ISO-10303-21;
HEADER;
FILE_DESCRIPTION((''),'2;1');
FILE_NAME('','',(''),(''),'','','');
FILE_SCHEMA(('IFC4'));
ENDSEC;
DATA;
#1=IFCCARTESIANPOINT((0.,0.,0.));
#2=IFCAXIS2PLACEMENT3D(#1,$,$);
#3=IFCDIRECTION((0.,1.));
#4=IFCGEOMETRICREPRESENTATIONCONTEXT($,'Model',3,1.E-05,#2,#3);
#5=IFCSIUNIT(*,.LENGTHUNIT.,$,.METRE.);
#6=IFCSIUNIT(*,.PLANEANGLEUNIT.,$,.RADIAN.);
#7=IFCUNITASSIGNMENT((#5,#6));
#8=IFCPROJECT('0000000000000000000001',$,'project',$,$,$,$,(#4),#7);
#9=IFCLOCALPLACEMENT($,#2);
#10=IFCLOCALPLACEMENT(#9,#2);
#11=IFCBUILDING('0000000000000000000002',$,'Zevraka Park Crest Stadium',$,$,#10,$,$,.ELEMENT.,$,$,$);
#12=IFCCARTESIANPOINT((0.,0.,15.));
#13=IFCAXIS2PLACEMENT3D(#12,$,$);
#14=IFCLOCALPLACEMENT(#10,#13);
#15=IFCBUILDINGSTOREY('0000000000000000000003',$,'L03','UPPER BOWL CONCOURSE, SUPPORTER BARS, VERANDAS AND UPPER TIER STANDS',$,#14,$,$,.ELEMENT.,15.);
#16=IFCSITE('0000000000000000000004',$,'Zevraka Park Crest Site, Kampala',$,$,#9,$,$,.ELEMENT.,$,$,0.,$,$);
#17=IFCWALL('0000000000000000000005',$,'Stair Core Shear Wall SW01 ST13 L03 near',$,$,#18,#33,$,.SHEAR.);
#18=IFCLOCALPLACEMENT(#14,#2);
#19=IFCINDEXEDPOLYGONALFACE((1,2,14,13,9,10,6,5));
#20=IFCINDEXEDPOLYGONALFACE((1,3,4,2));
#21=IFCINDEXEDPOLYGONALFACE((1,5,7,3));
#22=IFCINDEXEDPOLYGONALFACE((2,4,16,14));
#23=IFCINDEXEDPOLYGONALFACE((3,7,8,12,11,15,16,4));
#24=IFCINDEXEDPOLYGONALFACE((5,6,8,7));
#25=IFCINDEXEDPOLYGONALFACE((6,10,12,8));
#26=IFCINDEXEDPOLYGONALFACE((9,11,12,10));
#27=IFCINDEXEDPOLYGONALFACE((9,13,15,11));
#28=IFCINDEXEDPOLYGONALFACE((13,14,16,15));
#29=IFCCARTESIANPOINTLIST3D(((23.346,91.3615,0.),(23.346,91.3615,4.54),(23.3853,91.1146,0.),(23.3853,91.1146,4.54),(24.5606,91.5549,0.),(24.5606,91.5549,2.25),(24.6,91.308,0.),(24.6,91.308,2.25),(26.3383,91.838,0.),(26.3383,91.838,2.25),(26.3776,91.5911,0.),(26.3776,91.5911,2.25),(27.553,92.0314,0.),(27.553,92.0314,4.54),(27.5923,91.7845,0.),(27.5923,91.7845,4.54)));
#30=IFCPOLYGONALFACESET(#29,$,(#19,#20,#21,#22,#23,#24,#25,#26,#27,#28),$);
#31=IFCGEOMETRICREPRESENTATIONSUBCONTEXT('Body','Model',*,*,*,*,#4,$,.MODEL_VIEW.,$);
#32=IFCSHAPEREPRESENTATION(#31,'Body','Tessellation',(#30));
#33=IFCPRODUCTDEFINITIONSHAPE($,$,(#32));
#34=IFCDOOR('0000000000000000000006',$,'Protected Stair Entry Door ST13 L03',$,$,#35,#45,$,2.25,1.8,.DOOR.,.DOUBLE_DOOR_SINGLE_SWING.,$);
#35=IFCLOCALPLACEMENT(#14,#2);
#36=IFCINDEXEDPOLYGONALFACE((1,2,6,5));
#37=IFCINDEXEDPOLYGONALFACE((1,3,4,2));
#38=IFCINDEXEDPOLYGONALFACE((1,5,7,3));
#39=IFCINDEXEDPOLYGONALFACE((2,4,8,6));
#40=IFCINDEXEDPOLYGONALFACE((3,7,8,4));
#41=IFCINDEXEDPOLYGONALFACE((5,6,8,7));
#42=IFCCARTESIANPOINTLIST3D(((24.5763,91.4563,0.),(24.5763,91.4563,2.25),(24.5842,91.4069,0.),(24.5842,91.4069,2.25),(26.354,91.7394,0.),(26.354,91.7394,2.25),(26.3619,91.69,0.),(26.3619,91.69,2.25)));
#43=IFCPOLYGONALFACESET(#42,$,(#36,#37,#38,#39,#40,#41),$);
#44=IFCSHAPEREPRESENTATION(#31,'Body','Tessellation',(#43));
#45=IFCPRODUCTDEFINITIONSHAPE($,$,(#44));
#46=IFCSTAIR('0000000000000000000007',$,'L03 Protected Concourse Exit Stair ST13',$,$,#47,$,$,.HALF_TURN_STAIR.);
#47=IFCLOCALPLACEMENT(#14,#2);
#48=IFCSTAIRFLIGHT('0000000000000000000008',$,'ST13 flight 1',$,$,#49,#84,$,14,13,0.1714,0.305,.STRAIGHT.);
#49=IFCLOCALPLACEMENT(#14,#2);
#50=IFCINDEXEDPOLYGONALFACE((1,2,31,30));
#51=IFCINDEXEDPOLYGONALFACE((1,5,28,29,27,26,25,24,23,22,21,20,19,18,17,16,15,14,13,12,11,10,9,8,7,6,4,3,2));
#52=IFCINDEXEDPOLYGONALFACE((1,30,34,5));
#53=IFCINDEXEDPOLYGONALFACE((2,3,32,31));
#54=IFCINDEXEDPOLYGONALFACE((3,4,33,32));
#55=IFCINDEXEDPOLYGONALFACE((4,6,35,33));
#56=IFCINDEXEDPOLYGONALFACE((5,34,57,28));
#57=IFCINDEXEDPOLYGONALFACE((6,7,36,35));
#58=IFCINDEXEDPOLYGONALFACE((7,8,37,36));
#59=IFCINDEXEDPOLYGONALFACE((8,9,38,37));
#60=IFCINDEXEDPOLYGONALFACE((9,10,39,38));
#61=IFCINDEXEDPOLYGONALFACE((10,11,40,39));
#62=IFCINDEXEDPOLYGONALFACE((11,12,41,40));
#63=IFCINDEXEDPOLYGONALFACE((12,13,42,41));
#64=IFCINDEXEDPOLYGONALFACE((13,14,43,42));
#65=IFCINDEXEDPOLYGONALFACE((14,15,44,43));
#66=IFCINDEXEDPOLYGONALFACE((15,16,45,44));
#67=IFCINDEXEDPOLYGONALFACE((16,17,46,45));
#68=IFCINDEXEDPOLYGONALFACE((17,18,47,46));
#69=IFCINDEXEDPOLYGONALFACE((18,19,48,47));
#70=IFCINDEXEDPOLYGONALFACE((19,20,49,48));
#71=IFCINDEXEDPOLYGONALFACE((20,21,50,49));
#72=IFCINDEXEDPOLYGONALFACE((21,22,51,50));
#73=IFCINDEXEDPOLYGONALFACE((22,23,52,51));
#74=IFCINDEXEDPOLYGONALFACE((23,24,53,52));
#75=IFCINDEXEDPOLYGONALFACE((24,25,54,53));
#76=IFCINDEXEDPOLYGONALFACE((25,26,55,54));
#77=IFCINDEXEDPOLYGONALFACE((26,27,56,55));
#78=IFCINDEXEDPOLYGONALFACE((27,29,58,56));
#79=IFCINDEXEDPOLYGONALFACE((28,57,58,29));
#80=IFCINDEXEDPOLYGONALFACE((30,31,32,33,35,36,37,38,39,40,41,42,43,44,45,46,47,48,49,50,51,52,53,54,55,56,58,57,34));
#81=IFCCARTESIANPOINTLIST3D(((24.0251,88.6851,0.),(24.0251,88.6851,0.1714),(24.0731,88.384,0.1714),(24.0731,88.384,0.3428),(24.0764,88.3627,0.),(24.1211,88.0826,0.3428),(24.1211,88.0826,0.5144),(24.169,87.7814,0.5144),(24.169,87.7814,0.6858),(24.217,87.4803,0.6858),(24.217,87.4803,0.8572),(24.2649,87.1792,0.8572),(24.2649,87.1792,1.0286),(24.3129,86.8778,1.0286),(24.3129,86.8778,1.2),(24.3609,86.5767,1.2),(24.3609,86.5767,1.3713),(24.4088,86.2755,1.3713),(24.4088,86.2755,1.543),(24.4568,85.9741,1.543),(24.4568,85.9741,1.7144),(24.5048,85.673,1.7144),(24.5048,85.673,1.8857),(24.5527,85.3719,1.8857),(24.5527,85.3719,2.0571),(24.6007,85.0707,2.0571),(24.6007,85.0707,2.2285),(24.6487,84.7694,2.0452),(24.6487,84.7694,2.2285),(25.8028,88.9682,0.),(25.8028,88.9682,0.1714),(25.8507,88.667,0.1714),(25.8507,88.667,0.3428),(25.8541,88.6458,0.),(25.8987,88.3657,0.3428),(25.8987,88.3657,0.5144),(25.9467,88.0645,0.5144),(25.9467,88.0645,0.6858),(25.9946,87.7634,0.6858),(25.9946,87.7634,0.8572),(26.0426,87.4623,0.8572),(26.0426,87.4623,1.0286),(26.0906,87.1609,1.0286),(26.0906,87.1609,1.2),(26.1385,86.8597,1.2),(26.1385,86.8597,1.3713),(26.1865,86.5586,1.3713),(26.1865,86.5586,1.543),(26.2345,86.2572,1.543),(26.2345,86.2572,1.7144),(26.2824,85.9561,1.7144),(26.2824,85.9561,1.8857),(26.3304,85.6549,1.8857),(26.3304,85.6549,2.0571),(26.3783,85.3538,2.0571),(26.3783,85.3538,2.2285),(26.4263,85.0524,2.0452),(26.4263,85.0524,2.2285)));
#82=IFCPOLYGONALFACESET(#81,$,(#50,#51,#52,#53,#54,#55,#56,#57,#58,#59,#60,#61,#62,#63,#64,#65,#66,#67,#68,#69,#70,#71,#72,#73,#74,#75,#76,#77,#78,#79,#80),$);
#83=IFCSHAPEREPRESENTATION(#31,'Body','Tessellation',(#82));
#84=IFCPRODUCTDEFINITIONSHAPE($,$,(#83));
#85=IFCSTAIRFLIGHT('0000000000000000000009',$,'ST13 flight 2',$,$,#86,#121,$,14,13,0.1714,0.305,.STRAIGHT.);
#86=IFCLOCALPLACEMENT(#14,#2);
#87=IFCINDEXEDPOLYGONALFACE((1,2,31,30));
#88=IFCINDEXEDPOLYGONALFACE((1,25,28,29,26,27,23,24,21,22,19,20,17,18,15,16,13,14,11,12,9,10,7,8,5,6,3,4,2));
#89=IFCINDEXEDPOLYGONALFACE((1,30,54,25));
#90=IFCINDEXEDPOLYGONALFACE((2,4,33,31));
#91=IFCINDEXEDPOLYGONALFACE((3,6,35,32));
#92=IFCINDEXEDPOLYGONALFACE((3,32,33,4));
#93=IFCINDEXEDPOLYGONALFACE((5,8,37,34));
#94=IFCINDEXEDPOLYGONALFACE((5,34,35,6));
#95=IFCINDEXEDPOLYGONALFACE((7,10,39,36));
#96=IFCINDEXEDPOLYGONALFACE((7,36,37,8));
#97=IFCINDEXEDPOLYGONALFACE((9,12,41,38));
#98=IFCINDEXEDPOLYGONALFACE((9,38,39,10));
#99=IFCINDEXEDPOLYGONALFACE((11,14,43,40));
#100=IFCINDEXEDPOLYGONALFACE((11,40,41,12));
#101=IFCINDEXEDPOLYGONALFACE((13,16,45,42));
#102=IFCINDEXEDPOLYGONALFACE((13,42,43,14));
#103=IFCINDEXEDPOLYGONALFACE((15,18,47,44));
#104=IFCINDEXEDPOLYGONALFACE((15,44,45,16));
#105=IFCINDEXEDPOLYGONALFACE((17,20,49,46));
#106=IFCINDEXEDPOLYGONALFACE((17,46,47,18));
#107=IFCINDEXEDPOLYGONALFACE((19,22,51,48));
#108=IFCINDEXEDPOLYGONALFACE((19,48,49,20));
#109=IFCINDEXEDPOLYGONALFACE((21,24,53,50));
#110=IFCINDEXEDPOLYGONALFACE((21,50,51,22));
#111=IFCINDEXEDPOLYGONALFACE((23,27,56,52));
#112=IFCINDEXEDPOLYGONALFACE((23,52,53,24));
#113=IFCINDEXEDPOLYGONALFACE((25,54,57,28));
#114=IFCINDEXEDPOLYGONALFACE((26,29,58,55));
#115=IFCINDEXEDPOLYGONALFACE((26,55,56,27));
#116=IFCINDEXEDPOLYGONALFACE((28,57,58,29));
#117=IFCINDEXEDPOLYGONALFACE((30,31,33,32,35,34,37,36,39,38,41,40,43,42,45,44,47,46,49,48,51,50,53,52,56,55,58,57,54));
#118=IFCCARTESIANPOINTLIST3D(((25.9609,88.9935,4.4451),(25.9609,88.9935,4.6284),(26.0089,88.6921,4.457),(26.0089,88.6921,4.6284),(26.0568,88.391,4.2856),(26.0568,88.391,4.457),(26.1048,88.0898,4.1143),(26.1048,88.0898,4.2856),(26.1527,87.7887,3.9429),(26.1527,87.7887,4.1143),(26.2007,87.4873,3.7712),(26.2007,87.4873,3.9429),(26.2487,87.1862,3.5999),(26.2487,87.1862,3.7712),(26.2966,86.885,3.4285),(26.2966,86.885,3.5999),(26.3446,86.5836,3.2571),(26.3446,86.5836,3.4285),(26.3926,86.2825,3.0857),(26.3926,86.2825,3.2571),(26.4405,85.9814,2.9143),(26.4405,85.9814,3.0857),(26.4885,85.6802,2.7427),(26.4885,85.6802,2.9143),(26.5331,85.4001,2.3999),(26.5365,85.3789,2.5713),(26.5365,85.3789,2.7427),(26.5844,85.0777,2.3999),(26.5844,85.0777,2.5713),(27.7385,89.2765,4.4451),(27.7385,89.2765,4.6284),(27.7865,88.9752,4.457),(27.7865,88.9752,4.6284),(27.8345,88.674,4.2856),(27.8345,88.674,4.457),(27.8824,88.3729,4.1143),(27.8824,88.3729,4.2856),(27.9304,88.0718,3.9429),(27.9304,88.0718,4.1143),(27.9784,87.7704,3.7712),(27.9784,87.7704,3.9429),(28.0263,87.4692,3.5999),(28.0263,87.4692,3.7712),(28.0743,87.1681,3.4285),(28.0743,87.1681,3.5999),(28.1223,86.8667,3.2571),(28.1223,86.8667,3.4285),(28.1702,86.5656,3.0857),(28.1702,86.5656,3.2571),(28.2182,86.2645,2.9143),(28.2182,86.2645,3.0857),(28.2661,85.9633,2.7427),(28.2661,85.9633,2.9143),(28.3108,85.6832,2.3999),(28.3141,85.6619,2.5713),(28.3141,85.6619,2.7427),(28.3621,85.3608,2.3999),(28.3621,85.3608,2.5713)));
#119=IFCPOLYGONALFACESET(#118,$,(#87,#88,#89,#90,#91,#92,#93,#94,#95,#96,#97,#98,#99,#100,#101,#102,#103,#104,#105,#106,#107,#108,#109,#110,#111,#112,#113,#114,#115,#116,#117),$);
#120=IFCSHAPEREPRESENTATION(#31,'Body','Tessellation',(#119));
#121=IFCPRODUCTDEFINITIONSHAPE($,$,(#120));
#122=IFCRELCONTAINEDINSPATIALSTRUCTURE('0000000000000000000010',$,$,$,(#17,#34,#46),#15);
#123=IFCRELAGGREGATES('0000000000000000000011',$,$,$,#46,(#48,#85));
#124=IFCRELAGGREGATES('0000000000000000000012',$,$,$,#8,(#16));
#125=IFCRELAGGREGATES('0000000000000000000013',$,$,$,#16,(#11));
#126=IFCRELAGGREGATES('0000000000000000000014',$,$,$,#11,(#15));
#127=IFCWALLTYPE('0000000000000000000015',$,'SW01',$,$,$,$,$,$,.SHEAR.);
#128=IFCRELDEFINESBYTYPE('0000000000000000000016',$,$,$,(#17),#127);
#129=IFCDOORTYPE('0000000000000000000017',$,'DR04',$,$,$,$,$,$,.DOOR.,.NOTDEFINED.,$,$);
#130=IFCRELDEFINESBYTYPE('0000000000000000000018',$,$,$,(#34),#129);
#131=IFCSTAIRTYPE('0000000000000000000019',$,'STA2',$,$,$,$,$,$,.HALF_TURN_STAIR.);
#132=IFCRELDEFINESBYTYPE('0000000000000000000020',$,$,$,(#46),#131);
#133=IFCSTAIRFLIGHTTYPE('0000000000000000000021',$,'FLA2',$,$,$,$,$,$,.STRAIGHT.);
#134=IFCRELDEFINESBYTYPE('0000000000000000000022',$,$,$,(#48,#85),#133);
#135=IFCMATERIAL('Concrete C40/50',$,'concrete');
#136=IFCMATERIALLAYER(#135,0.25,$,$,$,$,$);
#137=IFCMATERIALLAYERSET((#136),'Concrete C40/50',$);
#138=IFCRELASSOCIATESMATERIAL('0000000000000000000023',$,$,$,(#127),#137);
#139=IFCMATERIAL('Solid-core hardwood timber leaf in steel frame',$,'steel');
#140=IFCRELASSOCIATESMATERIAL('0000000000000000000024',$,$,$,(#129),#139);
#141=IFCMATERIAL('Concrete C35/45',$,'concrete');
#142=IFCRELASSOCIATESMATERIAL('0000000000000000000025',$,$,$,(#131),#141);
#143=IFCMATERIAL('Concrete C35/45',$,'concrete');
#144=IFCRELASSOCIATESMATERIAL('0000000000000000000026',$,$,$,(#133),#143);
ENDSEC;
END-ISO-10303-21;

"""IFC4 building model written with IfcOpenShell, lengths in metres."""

from ifc_helpers import new_model, si_unit, direction, frame, frame_2d, origin, place, context, subcontext, project, spatial, polyline, rectangle, outline, extrude, material, layer, layer_set, type_object, element, fill, aggregate, save


model = new_model("IFC4")

# Units and contexts
model_context = context("Model", 3, precision=1e-05, world=origin(), true_north=direction((0.0, 1.0)))
body_context = subcontext(model_context, "Body", "Model", "MODEL_VIEW")
ifc_project = project(units=[si_unit("LENGTHUNIT", "METRE"), si_unit("PLANEANGLEUNIT", "RADIAN")], contexts=[model_context])

# Site, building, storey
site_placement = place(None, origin())
site = spatial("IfcSite", under=ifc_project, at=site_placement, Name="Zevraka Park Crest Site, Kampala", CompositionType="ELEMENT", RefElevation=0.0)
building_placement = place(site_placement, origin())
building = spatial("IfcBuilding", under=site, at=building_placement, Name="Zevraka Park Crest Stadium", CompositionType="ELEMENT")
storey_placement = place(building_placement, frame((0.0, 0.0, 15.0)))
storey = spatial("IfcBuildingStorey", under=building, at=storey_placement, Name="L03", Description="UPPER BOWL CONCOURSE, SUPPORTER BARS, VERANDAS AND UPPER TIER STANDS", CompositionType="ELEMENT", Elevation=15.0)

# Shared definitions
ifc_material_1 = material(Name="Concrete C40/50", Category="concrete")
ifc_layer = layer(ifc_material_1, 0.25)
ifc_layer_set = layer_set([ifc_layer], Name="Concrete C40/50")
wall_type = type_object("IfcWallType", Name="SW01", PredefinedType="SHEAR", material=ifc_layer_set)

# Wall, opening, door
wall_1_placement = place(storey_placement, frame((27.5725, 91.908, 0.0), z_axis=(0.0, 0.0, 1.0), x_axis=(-0.987558, -0.157257, 0.0)))
wall_1 = element("IfcWall", 1, at=wall_1_placement, inside=storey, type_object=wall_type, Name="Stair Core Shear Wall SW01 ST13 L03 near", PredefinedType="SHEAR", context=body_context, shape_type="SweptSolid", body=[
    extrude(rectangle(XDim=4.26, YDim=0.25, at=frame_2d((2.1299, 0.0))), origin(), (0.0, 0.0, 1.0), 4.54),
])
opening_placement = place(wall_1_placement, frame((1.23, 0.0, 0.0)))
opening = element("IfcOpeningElement", 2, at=opening_placement, cuts=wall_1, PredefinedType="OPENING", context=body_context, shape_type="SweptSolid", body=[
    extrude(rectangle(XDim=1.8, YDim=2.25, at=frame_2d((0.8999, 1.125))), frame((0.0, 0.135, 0.0), z_axis=(0.0, -1.0, 0.0), x_axis=(1.0, 0.0, 0.0)), (0.0, 0.0, 1.0), 0.27),
])
ifc_material_2 = material(Name="Solid-core hardwood timber leaf in steel frame", Category="steel")
door_type = type_object("IfcDoorType", Name="DR04", OperationType="NOTDEFINED", PredefinedType="DOOR", material=ifc_material_2)
door_placement = place(opening_placement, origin())
door = element("IfcDoor", 3, at=door_placement, inside=storey, type_object=door_type, Name="Protected Stair Entry Door ST13 L03", OperationType="DOUBLE_DOOR_SINGLE_SWING", OverallHeight=2.25, OverallWidth=1.8, PredefinedType="DOOR", context=body_context, shape_type="SweptSolid", body=[
    extrude(rectangle(XDim=1.8, YDim=2.25, at=frame_2d((0.8999, 1.125))), frame((0.0, 0.0249, 0.0), z_axis=(0.0, -1.0, 0.0), x_axis=(1.0, 0.0, 0.0)), (0.0, 0.0, 1.0), 0.05),
])
fill(opening, door)

# Stair, stair flights
ifc_material_3 = material(Name="Concrete C35/45", Category="concrete")
stair_type = type_object("IfcStairType", Name="STA2", PredefinedType="HALF_TURN_STAIR", material=ifc_material_3)
stair_placement = place(storey_placement, origin())
stair = element("IfcStair", 4, at=stair_placement, inside=storey, type_object=stair_type, Name="L03 Protected Concourse Exit Stair ST13", PredefinedType="HALF_TURN_STAIR")
ifc_material_4 = material(Name="Concrete C35/45", Category="concrete")
stair_flight_type = type_object("IfcStairFlightType", Name="FLA2", PredefinedType="STRAIGHT", material=ifc_material_4)
stair_flight_1_placement = place(storey_placement, frame((24.9141, 88.8267, 0.0), z_axis=(0.0, 0.0, 1.0), x_axis=(0.157262, -0.987557, 0.0)))
stair_flight_1 = element("IfcStairFlight", 5, at=stair_flight_1_placement, type_object=stair_flight_type, Name="ST13 flight 1", NumberOfRisers=14, NumberOfTreads=13, PredefinedType="STRAIGHT", RiserHeight=0.1714, TreadLength=0.305, context=body_context, shape_type="SweptSolid", body=[
    extrude(outline(polyline([(0.0, 0.0), (0.0, 0.1714), (0.3049, 0.1714), (0.3049, 0.3428), (0.6101, 0.3428), (0.6101, 0.5144), (0.915, 0.5144), (0.915, 0.6858), (1.22, 0.6858), (1.22, 0.8572), (1.5249, 0.8572), (1.5249, 1.0286), (1.8301, 1.0286), (1.8301, 1.2), (2.135, 1.2), (2.135, 1.3713), (2.4399, 1.3713), (2.4399, 1.543), (2.7451, 1.543), (2.7451, 1.7144), (3.05, 1.7144), (3.05, 1.8857), (3.355, 1.8857), (3.355, 2.0571), (3.6599, 2.0571), (3.6599, 2.2285), (3.9651, 2.2285), (3.9651, 2.3999), (3.9651, 2.0452), (0.3264, 0.0), (0.0, 0.0)])), frame((0.0, 0.8999, 0.0), z_axis=(0.0, -1.0, 0.0), x_axis=(1.0, 0.0, 0.0)), (0.0, 0.0, 1.0), 1.8),
])
stair_flight_2_placement = place(storey_placement, frame((27.4731, 85.2192, 2.3999), z_axis=(0.0, 0.0, 1.0), x_axis=(-0.157262, 0.987557, 0.0)))
stair_flight_2 = element("IfcStairFlight", 6, at=stair_flight_2_placement, type_object=stair_flight_type, Name="ST13 flight 2", NumberOfRisers=14, NumberOfTreads=13, PredefinedType="STRAIGHT", RiserHeight=0.1714, TreadLength=0.305, context=body_context, shape_type="SweptSolid", body=[
    extrude(outline(polyline([(0.0, 0.0), (0.0, 0.1714), (0.3049, 0.1714), (0.3049, 0.3428), (0.6101, 0.3428), (0.6101, 0.5144), (0.915, 0.5144), (0.915, 0.6858), (1.22, 0.6858), (1.22, 0.8572), (1.5249, 0.8572), (1.5249, 1.0286), (1.8301, 1.0286), (1.8301, 1.2), (2.135, 1.2), (2.135, 1.3713), (2.4399, 1.3713), (2.4399, 1.543), (2.7451, 1.543), (2.7451, 1.7144), (3.05, 1.7144), (3.05, 1.8857), (3.355, 1.8857), (3.355, 2.0571), (3.6599, 2.0571), (3.6599, 2.2285), (3.9651, 2.2285), (3.9651, 2.3999), (3.9651, 2.0452), (0.3264, 0.0), (0.0, 0.0)])), frame((0.0, 0.8999, 0.0), z_axis=(0.0, -1.0, 0.0), x_axis=(1.0, 0.0, 0.0)), (0.0, 0.0, 1.0), 1.8),
])
aggregate(stair, [stair_flight_1, stair_flight_2])

save(model, "model.ifc")
